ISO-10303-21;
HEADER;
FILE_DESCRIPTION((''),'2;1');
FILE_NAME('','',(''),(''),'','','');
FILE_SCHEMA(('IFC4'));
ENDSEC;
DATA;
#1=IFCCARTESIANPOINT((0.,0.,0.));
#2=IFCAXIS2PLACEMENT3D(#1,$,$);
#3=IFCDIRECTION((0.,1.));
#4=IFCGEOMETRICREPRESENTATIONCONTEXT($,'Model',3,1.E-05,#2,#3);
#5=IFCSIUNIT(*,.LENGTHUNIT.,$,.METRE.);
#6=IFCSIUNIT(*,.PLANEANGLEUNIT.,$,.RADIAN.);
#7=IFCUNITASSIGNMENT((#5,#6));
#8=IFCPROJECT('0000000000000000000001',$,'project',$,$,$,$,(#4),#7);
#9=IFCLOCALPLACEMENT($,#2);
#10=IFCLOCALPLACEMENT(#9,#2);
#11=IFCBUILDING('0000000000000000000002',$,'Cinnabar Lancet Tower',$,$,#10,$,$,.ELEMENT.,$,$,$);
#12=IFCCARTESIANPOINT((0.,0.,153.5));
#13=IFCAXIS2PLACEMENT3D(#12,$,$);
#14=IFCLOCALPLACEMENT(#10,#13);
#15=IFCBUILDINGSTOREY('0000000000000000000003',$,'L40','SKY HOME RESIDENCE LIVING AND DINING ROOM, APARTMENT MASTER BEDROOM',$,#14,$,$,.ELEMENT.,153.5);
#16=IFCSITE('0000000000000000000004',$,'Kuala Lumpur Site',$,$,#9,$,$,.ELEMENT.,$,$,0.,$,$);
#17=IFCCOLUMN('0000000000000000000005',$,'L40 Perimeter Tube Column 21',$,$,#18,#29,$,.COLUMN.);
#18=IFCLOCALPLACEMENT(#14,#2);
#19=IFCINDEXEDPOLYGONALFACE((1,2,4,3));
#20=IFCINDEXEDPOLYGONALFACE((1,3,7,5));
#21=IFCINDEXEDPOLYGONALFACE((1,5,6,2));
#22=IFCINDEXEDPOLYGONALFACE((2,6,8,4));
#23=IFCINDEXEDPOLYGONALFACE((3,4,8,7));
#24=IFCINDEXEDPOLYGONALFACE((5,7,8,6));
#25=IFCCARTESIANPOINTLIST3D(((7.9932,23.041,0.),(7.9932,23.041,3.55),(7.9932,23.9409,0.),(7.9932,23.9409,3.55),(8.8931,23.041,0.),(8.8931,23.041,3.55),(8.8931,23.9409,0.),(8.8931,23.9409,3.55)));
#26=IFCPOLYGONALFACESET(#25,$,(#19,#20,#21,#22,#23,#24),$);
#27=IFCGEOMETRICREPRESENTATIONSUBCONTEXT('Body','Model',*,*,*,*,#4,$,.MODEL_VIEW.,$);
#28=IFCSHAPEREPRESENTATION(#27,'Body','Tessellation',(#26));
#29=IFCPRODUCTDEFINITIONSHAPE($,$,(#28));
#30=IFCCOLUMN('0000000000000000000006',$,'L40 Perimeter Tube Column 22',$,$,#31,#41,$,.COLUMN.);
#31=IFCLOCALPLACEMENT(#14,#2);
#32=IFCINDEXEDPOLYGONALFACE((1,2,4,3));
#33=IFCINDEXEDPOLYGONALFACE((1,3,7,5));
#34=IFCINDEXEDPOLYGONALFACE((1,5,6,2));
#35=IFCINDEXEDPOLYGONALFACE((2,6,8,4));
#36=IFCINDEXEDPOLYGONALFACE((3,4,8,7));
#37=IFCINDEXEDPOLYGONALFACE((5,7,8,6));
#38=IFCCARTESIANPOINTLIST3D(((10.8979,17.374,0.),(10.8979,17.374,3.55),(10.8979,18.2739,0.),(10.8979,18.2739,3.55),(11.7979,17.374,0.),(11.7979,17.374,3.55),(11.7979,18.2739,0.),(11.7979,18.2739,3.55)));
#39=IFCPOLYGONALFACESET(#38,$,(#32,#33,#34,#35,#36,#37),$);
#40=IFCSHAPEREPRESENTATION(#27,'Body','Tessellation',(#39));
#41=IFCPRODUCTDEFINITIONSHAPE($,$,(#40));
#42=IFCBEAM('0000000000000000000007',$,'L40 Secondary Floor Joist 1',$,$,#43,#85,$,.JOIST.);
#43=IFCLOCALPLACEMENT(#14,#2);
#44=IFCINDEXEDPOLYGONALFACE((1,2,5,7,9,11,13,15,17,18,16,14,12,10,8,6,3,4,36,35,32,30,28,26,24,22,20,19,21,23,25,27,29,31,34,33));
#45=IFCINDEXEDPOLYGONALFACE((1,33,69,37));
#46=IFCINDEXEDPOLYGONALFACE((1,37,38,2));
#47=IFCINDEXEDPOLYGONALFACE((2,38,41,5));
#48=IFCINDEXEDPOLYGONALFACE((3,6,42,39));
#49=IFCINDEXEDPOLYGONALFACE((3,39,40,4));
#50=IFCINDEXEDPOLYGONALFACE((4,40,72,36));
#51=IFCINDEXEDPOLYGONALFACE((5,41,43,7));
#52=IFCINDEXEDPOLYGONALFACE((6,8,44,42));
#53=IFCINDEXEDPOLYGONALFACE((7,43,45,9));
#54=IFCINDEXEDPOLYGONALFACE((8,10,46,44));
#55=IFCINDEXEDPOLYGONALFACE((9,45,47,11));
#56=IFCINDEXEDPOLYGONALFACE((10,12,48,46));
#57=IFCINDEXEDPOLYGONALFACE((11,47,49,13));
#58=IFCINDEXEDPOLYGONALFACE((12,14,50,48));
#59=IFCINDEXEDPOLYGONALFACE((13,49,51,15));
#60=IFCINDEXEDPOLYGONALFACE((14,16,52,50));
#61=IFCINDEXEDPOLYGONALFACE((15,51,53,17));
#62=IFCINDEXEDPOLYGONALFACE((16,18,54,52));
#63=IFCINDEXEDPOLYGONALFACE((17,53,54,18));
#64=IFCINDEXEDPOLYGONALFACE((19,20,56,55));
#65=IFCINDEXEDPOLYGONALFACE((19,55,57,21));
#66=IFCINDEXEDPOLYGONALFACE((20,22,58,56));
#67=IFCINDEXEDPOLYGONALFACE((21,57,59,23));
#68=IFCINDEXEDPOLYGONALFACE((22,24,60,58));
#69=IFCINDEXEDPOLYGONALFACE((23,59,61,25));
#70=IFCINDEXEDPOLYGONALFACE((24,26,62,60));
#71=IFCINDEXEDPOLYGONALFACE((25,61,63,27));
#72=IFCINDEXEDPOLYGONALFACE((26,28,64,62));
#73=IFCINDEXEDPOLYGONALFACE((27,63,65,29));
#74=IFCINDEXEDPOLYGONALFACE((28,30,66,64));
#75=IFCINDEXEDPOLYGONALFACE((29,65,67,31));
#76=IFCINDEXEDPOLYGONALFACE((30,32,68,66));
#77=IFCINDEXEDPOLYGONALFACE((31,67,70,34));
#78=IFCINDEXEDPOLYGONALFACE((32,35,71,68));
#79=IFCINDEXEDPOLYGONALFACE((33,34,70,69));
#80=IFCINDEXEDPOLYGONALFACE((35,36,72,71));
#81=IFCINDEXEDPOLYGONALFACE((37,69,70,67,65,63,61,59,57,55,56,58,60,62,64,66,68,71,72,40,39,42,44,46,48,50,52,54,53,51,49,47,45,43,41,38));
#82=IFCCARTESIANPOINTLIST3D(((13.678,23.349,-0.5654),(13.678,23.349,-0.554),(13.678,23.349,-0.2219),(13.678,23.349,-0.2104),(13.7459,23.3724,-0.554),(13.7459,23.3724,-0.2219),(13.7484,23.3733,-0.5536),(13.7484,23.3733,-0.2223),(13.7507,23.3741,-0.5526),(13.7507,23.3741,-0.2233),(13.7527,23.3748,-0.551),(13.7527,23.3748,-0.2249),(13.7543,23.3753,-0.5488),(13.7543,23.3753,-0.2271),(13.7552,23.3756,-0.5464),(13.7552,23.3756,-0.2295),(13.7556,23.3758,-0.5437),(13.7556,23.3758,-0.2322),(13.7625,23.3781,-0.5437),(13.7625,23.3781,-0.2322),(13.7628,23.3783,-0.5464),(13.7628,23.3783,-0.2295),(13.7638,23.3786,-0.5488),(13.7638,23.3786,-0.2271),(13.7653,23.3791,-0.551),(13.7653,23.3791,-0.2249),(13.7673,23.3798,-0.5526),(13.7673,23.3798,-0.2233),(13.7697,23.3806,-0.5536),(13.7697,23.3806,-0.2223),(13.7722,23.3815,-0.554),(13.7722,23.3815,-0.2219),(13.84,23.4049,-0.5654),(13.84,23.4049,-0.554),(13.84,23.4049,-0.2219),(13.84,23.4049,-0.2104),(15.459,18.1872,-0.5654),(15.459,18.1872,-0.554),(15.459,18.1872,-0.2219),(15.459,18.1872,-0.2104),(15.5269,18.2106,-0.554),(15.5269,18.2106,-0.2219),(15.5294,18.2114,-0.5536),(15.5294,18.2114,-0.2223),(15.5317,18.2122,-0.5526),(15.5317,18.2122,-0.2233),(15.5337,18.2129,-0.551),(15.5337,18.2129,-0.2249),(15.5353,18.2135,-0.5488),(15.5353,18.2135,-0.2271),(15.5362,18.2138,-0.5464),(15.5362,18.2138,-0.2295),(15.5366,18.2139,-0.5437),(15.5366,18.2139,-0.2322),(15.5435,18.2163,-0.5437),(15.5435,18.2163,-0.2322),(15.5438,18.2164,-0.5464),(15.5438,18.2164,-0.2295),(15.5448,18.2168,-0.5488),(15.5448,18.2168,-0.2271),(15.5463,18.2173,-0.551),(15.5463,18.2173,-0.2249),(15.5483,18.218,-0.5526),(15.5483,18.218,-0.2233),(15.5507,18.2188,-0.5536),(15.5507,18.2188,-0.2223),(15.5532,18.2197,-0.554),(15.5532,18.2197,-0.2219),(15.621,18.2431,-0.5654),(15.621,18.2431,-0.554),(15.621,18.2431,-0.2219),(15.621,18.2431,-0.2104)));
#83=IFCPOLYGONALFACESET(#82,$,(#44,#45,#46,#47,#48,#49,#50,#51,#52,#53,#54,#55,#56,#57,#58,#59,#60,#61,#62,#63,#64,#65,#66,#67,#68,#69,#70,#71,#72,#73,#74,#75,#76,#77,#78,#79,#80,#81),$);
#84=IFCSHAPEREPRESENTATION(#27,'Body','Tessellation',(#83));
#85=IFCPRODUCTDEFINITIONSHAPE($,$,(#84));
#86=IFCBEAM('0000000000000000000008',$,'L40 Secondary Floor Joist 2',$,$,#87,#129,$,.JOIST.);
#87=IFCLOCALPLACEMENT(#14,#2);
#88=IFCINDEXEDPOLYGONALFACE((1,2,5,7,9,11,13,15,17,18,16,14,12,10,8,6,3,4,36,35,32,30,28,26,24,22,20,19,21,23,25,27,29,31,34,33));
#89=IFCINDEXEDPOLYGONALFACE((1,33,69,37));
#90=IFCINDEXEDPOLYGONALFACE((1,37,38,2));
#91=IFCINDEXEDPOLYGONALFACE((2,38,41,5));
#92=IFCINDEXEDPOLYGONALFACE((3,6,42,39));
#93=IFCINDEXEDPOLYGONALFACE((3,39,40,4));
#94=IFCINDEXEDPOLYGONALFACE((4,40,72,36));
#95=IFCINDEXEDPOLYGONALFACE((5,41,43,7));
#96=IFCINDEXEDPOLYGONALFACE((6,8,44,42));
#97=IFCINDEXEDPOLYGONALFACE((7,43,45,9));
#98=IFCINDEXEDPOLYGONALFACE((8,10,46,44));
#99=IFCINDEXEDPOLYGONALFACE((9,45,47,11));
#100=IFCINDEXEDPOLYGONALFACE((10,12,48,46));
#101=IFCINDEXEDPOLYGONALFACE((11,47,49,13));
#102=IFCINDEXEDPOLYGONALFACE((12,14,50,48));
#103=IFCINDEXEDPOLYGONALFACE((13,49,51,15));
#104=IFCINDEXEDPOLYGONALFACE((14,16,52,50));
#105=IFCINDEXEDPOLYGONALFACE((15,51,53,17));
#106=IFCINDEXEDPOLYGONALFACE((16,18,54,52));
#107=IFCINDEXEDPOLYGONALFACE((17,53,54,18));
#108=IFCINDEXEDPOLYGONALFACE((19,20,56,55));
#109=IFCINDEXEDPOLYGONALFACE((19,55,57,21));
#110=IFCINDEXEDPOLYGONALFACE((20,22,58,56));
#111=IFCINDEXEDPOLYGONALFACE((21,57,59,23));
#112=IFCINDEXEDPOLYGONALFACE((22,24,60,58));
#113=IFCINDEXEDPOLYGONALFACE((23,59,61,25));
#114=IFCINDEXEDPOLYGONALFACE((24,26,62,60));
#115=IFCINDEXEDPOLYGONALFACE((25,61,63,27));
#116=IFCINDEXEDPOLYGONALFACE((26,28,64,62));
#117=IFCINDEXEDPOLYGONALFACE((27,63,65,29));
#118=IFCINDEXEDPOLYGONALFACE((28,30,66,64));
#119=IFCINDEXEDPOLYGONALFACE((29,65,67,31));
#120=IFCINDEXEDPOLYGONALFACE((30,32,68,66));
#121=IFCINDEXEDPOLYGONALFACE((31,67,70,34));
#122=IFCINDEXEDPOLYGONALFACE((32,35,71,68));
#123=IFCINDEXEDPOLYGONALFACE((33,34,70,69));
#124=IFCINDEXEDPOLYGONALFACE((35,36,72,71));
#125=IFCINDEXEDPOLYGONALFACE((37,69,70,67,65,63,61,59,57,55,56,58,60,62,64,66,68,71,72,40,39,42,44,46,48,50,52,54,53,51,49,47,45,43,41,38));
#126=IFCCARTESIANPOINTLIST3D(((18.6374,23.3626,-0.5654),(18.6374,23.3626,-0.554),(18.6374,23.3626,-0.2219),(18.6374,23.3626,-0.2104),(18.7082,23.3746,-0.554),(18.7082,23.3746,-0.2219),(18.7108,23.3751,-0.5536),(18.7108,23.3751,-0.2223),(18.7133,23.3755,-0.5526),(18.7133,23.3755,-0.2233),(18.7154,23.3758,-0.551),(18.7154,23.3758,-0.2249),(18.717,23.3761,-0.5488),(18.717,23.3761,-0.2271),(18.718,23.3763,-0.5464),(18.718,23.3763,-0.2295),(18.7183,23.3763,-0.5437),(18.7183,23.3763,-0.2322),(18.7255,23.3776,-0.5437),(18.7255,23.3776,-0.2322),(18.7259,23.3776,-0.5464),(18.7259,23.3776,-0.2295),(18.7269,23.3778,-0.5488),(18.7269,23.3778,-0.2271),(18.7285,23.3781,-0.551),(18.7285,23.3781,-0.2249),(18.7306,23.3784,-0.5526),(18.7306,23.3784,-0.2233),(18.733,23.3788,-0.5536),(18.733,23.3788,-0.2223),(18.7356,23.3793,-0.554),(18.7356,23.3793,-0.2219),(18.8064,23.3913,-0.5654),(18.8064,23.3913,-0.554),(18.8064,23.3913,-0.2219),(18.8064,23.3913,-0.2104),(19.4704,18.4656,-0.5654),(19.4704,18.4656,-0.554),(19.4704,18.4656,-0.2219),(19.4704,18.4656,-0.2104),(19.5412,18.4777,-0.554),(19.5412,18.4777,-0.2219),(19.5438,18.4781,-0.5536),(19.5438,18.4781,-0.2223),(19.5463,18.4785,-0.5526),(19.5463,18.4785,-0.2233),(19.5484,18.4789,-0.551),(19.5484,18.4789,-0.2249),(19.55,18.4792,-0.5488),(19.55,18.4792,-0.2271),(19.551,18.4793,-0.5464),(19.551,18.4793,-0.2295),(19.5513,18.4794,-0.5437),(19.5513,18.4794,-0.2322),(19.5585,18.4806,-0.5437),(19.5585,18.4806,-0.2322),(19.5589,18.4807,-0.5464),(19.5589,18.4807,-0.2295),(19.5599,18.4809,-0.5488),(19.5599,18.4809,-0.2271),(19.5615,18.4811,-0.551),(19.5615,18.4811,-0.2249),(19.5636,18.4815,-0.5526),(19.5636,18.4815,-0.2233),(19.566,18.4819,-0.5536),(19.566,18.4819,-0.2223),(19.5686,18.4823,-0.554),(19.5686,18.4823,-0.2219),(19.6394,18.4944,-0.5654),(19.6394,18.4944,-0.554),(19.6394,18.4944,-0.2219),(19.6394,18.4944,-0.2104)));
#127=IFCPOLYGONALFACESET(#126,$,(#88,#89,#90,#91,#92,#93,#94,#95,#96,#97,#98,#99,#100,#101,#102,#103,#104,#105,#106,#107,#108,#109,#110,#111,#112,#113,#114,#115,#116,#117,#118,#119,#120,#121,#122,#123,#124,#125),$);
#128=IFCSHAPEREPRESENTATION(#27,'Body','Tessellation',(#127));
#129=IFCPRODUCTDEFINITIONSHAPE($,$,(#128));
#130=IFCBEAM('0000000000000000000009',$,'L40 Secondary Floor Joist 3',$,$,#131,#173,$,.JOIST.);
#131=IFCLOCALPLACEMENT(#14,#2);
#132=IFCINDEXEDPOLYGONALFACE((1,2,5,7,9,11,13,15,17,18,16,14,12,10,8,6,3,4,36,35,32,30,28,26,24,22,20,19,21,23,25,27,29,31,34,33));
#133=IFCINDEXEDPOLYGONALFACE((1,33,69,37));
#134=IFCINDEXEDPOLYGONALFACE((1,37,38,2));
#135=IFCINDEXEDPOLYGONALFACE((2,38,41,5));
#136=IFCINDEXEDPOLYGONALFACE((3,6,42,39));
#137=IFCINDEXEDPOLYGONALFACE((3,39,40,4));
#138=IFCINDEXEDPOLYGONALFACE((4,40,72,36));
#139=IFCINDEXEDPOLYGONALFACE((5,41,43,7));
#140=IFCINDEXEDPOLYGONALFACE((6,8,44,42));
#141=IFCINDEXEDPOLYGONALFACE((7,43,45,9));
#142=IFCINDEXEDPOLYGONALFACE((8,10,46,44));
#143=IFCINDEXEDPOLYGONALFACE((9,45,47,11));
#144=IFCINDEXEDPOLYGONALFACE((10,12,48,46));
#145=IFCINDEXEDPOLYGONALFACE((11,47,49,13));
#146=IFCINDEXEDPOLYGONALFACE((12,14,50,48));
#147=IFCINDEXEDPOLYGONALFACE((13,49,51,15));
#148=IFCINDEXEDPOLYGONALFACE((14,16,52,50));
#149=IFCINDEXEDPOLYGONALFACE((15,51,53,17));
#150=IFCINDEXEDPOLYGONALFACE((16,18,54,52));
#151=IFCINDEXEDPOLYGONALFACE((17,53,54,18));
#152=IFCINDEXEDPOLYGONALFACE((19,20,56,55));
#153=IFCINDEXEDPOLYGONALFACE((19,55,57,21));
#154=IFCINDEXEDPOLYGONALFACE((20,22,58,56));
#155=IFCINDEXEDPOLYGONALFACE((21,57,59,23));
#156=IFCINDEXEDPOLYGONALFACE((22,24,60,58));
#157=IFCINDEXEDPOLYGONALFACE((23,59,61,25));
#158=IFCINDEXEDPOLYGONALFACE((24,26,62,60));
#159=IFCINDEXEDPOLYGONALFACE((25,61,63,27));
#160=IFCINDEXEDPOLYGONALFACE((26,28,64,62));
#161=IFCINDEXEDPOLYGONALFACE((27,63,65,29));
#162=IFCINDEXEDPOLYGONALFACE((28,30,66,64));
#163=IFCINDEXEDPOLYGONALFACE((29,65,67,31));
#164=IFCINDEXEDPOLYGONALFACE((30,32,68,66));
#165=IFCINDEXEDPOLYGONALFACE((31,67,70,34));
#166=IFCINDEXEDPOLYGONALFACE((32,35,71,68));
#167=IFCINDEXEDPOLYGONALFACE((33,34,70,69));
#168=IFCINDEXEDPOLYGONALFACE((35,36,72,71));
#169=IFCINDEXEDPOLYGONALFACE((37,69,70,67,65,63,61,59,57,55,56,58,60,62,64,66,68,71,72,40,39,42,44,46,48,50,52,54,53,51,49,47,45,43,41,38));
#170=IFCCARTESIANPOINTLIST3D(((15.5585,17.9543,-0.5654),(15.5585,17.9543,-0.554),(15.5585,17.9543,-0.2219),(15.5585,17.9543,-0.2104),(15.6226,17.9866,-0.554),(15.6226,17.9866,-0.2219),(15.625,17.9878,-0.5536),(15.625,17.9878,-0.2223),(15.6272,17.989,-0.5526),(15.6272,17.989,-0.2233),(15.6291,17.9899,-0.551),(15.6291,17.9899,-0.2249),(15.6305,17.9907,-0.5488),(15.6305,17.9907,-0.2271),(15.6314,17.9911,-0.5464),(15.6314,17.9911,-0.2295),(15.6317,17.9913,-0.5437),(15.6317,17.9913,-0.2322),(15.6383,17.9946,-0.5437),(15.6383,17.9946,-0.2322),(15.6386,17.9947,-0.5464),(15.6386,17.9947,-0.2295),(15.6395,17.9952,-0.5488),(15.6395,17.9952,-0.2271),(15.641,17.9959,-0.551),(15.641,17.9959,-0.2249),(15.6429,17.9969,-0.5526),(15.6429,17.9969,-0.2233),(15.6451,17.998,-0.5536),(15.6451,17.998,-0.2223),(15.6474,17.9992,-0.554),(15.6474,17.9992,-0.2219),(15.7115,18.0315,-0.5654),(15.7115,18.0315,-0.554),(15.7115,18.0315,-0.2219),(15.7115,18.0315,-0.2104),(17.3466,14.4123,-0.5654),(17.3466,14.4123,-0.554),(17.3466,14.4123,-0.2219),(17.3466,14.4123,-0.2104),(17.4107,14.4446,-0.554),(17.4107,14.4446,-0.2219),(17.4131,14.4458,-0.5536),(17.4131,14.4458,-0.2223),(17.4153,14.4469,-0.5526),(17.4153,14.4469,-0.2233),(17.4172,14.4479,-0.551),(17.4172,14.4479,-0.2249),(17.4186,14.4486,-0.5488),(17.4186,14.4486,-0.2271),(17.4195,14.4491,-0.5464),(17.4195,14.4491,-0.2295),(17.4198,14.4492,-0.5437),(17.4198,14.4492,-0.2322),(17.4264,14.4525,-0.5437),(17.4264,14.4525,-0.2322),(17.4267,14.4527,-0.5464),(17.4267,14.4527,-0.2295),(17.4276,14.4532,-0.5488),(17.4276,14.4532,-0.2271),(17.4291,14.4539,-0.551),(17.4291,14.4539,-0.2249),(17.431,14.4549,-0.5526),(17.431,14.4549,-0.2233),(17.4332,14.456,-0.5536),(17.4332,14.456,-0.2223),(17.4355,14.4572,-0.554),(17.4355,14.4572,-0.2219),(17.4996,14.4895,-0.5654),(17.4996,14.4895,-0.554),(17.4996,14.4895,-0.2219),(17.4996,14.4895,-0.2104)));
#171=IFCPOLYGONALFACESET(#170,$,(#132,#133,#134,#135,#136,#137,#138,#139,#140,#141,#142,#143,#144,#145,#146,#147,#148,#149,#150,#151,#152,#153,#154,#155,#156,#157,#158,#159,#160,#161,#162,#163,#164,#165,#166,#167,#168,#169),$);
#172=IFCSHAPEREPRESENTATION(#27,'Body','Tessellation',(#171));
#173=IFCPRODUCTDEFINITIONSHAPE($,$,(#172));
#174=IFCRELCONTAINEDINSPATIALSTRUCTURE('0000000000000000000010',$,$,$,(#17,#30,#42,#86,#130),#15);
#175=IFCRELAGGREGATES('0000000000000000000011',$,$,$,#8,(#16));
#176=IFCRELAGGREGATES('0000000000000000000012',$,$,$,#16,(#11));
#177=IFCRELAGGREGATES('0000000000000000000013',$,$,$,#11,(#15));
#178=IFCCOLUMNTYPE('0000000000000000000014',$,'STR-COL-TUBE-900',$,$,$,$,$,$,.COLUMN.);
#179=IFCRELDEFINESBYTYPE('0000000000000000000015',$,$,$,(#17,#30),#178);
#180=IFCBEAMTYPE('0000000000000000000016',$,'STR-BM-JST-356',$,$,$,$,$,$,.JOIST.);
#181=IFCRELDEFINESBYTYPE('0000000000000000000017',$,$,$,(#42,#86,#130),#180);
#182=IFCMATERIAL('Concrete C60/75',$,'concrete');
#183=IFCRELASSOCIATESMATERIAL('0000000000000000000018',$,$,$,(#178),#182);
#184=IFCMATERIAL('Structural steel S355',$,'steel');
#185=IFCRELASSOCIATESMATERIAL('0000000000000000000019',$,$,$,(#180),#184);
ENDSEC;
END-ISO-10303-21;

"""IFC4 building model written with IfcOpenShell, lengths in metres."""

from ifc_helpers import new_model, si_unit, direction, frame, origin, origin_2d, place, context, subcontext, project, spatial, rectangle, i_section, extrude, material, material_profile, profile_set, type_object, element, save


model = new_model("IFC4")

# Units and contexts
model_context = context("Model", 3, precision=1e-05, world=origin(), true_north=direction((0.0, 1.0)))
body_context = subcontext(model_context, "Body", "Model", "MODEL_VIEW")
ifc_project = project(units=[si_unit("LENGTHUNIT", "METRE"), si_unit("PLANEANGLEUNIT", "RADIAN")], contexts=[model_context])

# Site, building, storey
site_placement = place(None, origin())
site = spatial("IfcSite", under=ifc_project, at=site_placement, Name="Kuala Lumpur Site", CompositionType="ELEMENT", RefElevation=0.0)
building_placement = place(site_placement, origin())
building = spatial("IfcBuilding", under=site, at=building_placement, Name="Cinnabar Lancet Tower", CompositionType="ELEMENT")
storey_placement = place(building_placement, frame((0.0, 0.0, 153.5)))
storey = spatial("IfcBuildingStorey", under=building, at=storey_placement, Name="L40", Description="SKY HOME RESIDENCE LIVING AND DINING ROOM, APARTMENT MASTER BEDROOM", CompositionType="ELEMENT", Elevation=153.5)

# Columns
ifc_material_1 = material(Name="Concrete C60/75", Category="concrete")
ifc_material_profile_1 = material_profile(ifc_material_1, rectangle(XDim=0.8999, YDim=0.8999, at=origin_2d()), Name="RC-COL 900x900")
ifc_profile_set_1 = profile_set([ifc_material_profile_1], Name="Concrete C60/75")
column_type = type_object("IfcColumnType", Name="STR-COL-TUBE-900", PredefinedType="COLUMN", material=ifc_profile_set_1)
for number, where, z_axis, x_axis, name in (
    (1, (8.4431, 23.491, 0.0), (0.0, 0.0, 1.0), (1.0, 0.0, 0.0), "L40 Perimeter Tube Column 21"),
    (2, (11.3479, 17.824, 0.0), (0.0, 0.0, 1.0), (1.0, 0.0, 0.0), "L40 Perimeter Tube Column 22"),
):
    element("IfcColumn", number, at=place(storey_placement, frame(where, z_axis=z_axis, x_axis=x_axis)), inside=storey, type_object=column_type, Name=name, PredefinedType="COLUMN", context=body_context, shape_type="SweptSolid", body=[
        extrude(rectangle(XDim=0.8999, YDim=0.8999, at=origin_2d()), origin(), (0.0, 0.0, 1.0), 3.55),
    ])

# Beams
ifc_material_2 = material(Name="Structural steel S355", Category="steel")
ifc_material_profile_2 = material_profile(ifc_material_2, i_section(OverallWidth=0.1714, OverallDepth=0.355, WebThickness=0.0073, FlangeThickness=0.0115, FilletRadius=0.0103, at=origin_2d()), Name="UKB 356x171x51")
ifc_profile_set_2 = profile_set([ifc_material_profile_2], Name="Structural steel S355")
beam_type_1 = type_object("IfcBeamType", Name="STR-BM-JST-356", PredefinedType="JOIST", material=ifc_profile_set_2)
beam_1_placement = place(storey_placement, frame((13.759, 23.377, -0.3879), z_axis=(0.326163, -0.945314, 0.0), x_axis=(0.945314, 0.326163, 0.0)))
element("IfcBeam", 3, at=beam_1_placement, inside=storey, type_object=beam_type_1, Name="L40 Secondary Floor Joist 1", PredefinedType="JOIST", context=body_context, shape_type="SweptSolid", body=[
    extrude(i_section(OverallWidth=0.1714, OverallDepth=0.355, WebThickness=0.0073, FlangeThickness=0.0115, FilletRadius=0.0103, at=origin_2d()), origin(), (0.0, 0.0, 1.0), 5.4604),
])
beam_2_placement = place(storey_placement, frame((18.7219, 23.377, -0.3879), z_axis=(0.167698, -0.985838, 0.0), x_axis=(0.985838, 0.167698, 0.0)))
element("IfcBeam", 4, at=beam_2_placement, inside=storey, type_object=beam_type_1, Name="L40 Secondary Floor Joist 2", PredefinedType="JOIST", context=body_context, shape_type="SweptSolid", body=[
    extrude(i_section(OverallWidth=0.1714, OverallDepth=0.355, WebThickness=0.0073, FlangeThickness=0.0115, FilletRadius=0.0103, at=origin_2d()), origin(), (0.0, 0.0, 1.0), 4.9673),
])
beam_3_placement = place(storey_placement, frame((15.635, 17.9929, -0.3879), z_axis=(0.450656, -0.892698, 0.0), x_axis=(0.892698, 0.450656, 0.0)))
element("IfcBeam", 5, at=beam_3_placement, inside=storey, type_object=beam_type_1, Name="L40 Secondary Floor Joist 3", PredefinedType="JOIST", context=body_context, shape_type="SweptSolid", body=[
    extrude(i_section(OverallWidth=0.1714, OverallDepth=0.355, WebThickness=0.0073, FlangeThickness=0.0115, FilletRadius=0.0103, at=origin_2d()), origin(), (0.0, 0.0, 1.0), 3.9678),
])

save(model, "model.ifc")
